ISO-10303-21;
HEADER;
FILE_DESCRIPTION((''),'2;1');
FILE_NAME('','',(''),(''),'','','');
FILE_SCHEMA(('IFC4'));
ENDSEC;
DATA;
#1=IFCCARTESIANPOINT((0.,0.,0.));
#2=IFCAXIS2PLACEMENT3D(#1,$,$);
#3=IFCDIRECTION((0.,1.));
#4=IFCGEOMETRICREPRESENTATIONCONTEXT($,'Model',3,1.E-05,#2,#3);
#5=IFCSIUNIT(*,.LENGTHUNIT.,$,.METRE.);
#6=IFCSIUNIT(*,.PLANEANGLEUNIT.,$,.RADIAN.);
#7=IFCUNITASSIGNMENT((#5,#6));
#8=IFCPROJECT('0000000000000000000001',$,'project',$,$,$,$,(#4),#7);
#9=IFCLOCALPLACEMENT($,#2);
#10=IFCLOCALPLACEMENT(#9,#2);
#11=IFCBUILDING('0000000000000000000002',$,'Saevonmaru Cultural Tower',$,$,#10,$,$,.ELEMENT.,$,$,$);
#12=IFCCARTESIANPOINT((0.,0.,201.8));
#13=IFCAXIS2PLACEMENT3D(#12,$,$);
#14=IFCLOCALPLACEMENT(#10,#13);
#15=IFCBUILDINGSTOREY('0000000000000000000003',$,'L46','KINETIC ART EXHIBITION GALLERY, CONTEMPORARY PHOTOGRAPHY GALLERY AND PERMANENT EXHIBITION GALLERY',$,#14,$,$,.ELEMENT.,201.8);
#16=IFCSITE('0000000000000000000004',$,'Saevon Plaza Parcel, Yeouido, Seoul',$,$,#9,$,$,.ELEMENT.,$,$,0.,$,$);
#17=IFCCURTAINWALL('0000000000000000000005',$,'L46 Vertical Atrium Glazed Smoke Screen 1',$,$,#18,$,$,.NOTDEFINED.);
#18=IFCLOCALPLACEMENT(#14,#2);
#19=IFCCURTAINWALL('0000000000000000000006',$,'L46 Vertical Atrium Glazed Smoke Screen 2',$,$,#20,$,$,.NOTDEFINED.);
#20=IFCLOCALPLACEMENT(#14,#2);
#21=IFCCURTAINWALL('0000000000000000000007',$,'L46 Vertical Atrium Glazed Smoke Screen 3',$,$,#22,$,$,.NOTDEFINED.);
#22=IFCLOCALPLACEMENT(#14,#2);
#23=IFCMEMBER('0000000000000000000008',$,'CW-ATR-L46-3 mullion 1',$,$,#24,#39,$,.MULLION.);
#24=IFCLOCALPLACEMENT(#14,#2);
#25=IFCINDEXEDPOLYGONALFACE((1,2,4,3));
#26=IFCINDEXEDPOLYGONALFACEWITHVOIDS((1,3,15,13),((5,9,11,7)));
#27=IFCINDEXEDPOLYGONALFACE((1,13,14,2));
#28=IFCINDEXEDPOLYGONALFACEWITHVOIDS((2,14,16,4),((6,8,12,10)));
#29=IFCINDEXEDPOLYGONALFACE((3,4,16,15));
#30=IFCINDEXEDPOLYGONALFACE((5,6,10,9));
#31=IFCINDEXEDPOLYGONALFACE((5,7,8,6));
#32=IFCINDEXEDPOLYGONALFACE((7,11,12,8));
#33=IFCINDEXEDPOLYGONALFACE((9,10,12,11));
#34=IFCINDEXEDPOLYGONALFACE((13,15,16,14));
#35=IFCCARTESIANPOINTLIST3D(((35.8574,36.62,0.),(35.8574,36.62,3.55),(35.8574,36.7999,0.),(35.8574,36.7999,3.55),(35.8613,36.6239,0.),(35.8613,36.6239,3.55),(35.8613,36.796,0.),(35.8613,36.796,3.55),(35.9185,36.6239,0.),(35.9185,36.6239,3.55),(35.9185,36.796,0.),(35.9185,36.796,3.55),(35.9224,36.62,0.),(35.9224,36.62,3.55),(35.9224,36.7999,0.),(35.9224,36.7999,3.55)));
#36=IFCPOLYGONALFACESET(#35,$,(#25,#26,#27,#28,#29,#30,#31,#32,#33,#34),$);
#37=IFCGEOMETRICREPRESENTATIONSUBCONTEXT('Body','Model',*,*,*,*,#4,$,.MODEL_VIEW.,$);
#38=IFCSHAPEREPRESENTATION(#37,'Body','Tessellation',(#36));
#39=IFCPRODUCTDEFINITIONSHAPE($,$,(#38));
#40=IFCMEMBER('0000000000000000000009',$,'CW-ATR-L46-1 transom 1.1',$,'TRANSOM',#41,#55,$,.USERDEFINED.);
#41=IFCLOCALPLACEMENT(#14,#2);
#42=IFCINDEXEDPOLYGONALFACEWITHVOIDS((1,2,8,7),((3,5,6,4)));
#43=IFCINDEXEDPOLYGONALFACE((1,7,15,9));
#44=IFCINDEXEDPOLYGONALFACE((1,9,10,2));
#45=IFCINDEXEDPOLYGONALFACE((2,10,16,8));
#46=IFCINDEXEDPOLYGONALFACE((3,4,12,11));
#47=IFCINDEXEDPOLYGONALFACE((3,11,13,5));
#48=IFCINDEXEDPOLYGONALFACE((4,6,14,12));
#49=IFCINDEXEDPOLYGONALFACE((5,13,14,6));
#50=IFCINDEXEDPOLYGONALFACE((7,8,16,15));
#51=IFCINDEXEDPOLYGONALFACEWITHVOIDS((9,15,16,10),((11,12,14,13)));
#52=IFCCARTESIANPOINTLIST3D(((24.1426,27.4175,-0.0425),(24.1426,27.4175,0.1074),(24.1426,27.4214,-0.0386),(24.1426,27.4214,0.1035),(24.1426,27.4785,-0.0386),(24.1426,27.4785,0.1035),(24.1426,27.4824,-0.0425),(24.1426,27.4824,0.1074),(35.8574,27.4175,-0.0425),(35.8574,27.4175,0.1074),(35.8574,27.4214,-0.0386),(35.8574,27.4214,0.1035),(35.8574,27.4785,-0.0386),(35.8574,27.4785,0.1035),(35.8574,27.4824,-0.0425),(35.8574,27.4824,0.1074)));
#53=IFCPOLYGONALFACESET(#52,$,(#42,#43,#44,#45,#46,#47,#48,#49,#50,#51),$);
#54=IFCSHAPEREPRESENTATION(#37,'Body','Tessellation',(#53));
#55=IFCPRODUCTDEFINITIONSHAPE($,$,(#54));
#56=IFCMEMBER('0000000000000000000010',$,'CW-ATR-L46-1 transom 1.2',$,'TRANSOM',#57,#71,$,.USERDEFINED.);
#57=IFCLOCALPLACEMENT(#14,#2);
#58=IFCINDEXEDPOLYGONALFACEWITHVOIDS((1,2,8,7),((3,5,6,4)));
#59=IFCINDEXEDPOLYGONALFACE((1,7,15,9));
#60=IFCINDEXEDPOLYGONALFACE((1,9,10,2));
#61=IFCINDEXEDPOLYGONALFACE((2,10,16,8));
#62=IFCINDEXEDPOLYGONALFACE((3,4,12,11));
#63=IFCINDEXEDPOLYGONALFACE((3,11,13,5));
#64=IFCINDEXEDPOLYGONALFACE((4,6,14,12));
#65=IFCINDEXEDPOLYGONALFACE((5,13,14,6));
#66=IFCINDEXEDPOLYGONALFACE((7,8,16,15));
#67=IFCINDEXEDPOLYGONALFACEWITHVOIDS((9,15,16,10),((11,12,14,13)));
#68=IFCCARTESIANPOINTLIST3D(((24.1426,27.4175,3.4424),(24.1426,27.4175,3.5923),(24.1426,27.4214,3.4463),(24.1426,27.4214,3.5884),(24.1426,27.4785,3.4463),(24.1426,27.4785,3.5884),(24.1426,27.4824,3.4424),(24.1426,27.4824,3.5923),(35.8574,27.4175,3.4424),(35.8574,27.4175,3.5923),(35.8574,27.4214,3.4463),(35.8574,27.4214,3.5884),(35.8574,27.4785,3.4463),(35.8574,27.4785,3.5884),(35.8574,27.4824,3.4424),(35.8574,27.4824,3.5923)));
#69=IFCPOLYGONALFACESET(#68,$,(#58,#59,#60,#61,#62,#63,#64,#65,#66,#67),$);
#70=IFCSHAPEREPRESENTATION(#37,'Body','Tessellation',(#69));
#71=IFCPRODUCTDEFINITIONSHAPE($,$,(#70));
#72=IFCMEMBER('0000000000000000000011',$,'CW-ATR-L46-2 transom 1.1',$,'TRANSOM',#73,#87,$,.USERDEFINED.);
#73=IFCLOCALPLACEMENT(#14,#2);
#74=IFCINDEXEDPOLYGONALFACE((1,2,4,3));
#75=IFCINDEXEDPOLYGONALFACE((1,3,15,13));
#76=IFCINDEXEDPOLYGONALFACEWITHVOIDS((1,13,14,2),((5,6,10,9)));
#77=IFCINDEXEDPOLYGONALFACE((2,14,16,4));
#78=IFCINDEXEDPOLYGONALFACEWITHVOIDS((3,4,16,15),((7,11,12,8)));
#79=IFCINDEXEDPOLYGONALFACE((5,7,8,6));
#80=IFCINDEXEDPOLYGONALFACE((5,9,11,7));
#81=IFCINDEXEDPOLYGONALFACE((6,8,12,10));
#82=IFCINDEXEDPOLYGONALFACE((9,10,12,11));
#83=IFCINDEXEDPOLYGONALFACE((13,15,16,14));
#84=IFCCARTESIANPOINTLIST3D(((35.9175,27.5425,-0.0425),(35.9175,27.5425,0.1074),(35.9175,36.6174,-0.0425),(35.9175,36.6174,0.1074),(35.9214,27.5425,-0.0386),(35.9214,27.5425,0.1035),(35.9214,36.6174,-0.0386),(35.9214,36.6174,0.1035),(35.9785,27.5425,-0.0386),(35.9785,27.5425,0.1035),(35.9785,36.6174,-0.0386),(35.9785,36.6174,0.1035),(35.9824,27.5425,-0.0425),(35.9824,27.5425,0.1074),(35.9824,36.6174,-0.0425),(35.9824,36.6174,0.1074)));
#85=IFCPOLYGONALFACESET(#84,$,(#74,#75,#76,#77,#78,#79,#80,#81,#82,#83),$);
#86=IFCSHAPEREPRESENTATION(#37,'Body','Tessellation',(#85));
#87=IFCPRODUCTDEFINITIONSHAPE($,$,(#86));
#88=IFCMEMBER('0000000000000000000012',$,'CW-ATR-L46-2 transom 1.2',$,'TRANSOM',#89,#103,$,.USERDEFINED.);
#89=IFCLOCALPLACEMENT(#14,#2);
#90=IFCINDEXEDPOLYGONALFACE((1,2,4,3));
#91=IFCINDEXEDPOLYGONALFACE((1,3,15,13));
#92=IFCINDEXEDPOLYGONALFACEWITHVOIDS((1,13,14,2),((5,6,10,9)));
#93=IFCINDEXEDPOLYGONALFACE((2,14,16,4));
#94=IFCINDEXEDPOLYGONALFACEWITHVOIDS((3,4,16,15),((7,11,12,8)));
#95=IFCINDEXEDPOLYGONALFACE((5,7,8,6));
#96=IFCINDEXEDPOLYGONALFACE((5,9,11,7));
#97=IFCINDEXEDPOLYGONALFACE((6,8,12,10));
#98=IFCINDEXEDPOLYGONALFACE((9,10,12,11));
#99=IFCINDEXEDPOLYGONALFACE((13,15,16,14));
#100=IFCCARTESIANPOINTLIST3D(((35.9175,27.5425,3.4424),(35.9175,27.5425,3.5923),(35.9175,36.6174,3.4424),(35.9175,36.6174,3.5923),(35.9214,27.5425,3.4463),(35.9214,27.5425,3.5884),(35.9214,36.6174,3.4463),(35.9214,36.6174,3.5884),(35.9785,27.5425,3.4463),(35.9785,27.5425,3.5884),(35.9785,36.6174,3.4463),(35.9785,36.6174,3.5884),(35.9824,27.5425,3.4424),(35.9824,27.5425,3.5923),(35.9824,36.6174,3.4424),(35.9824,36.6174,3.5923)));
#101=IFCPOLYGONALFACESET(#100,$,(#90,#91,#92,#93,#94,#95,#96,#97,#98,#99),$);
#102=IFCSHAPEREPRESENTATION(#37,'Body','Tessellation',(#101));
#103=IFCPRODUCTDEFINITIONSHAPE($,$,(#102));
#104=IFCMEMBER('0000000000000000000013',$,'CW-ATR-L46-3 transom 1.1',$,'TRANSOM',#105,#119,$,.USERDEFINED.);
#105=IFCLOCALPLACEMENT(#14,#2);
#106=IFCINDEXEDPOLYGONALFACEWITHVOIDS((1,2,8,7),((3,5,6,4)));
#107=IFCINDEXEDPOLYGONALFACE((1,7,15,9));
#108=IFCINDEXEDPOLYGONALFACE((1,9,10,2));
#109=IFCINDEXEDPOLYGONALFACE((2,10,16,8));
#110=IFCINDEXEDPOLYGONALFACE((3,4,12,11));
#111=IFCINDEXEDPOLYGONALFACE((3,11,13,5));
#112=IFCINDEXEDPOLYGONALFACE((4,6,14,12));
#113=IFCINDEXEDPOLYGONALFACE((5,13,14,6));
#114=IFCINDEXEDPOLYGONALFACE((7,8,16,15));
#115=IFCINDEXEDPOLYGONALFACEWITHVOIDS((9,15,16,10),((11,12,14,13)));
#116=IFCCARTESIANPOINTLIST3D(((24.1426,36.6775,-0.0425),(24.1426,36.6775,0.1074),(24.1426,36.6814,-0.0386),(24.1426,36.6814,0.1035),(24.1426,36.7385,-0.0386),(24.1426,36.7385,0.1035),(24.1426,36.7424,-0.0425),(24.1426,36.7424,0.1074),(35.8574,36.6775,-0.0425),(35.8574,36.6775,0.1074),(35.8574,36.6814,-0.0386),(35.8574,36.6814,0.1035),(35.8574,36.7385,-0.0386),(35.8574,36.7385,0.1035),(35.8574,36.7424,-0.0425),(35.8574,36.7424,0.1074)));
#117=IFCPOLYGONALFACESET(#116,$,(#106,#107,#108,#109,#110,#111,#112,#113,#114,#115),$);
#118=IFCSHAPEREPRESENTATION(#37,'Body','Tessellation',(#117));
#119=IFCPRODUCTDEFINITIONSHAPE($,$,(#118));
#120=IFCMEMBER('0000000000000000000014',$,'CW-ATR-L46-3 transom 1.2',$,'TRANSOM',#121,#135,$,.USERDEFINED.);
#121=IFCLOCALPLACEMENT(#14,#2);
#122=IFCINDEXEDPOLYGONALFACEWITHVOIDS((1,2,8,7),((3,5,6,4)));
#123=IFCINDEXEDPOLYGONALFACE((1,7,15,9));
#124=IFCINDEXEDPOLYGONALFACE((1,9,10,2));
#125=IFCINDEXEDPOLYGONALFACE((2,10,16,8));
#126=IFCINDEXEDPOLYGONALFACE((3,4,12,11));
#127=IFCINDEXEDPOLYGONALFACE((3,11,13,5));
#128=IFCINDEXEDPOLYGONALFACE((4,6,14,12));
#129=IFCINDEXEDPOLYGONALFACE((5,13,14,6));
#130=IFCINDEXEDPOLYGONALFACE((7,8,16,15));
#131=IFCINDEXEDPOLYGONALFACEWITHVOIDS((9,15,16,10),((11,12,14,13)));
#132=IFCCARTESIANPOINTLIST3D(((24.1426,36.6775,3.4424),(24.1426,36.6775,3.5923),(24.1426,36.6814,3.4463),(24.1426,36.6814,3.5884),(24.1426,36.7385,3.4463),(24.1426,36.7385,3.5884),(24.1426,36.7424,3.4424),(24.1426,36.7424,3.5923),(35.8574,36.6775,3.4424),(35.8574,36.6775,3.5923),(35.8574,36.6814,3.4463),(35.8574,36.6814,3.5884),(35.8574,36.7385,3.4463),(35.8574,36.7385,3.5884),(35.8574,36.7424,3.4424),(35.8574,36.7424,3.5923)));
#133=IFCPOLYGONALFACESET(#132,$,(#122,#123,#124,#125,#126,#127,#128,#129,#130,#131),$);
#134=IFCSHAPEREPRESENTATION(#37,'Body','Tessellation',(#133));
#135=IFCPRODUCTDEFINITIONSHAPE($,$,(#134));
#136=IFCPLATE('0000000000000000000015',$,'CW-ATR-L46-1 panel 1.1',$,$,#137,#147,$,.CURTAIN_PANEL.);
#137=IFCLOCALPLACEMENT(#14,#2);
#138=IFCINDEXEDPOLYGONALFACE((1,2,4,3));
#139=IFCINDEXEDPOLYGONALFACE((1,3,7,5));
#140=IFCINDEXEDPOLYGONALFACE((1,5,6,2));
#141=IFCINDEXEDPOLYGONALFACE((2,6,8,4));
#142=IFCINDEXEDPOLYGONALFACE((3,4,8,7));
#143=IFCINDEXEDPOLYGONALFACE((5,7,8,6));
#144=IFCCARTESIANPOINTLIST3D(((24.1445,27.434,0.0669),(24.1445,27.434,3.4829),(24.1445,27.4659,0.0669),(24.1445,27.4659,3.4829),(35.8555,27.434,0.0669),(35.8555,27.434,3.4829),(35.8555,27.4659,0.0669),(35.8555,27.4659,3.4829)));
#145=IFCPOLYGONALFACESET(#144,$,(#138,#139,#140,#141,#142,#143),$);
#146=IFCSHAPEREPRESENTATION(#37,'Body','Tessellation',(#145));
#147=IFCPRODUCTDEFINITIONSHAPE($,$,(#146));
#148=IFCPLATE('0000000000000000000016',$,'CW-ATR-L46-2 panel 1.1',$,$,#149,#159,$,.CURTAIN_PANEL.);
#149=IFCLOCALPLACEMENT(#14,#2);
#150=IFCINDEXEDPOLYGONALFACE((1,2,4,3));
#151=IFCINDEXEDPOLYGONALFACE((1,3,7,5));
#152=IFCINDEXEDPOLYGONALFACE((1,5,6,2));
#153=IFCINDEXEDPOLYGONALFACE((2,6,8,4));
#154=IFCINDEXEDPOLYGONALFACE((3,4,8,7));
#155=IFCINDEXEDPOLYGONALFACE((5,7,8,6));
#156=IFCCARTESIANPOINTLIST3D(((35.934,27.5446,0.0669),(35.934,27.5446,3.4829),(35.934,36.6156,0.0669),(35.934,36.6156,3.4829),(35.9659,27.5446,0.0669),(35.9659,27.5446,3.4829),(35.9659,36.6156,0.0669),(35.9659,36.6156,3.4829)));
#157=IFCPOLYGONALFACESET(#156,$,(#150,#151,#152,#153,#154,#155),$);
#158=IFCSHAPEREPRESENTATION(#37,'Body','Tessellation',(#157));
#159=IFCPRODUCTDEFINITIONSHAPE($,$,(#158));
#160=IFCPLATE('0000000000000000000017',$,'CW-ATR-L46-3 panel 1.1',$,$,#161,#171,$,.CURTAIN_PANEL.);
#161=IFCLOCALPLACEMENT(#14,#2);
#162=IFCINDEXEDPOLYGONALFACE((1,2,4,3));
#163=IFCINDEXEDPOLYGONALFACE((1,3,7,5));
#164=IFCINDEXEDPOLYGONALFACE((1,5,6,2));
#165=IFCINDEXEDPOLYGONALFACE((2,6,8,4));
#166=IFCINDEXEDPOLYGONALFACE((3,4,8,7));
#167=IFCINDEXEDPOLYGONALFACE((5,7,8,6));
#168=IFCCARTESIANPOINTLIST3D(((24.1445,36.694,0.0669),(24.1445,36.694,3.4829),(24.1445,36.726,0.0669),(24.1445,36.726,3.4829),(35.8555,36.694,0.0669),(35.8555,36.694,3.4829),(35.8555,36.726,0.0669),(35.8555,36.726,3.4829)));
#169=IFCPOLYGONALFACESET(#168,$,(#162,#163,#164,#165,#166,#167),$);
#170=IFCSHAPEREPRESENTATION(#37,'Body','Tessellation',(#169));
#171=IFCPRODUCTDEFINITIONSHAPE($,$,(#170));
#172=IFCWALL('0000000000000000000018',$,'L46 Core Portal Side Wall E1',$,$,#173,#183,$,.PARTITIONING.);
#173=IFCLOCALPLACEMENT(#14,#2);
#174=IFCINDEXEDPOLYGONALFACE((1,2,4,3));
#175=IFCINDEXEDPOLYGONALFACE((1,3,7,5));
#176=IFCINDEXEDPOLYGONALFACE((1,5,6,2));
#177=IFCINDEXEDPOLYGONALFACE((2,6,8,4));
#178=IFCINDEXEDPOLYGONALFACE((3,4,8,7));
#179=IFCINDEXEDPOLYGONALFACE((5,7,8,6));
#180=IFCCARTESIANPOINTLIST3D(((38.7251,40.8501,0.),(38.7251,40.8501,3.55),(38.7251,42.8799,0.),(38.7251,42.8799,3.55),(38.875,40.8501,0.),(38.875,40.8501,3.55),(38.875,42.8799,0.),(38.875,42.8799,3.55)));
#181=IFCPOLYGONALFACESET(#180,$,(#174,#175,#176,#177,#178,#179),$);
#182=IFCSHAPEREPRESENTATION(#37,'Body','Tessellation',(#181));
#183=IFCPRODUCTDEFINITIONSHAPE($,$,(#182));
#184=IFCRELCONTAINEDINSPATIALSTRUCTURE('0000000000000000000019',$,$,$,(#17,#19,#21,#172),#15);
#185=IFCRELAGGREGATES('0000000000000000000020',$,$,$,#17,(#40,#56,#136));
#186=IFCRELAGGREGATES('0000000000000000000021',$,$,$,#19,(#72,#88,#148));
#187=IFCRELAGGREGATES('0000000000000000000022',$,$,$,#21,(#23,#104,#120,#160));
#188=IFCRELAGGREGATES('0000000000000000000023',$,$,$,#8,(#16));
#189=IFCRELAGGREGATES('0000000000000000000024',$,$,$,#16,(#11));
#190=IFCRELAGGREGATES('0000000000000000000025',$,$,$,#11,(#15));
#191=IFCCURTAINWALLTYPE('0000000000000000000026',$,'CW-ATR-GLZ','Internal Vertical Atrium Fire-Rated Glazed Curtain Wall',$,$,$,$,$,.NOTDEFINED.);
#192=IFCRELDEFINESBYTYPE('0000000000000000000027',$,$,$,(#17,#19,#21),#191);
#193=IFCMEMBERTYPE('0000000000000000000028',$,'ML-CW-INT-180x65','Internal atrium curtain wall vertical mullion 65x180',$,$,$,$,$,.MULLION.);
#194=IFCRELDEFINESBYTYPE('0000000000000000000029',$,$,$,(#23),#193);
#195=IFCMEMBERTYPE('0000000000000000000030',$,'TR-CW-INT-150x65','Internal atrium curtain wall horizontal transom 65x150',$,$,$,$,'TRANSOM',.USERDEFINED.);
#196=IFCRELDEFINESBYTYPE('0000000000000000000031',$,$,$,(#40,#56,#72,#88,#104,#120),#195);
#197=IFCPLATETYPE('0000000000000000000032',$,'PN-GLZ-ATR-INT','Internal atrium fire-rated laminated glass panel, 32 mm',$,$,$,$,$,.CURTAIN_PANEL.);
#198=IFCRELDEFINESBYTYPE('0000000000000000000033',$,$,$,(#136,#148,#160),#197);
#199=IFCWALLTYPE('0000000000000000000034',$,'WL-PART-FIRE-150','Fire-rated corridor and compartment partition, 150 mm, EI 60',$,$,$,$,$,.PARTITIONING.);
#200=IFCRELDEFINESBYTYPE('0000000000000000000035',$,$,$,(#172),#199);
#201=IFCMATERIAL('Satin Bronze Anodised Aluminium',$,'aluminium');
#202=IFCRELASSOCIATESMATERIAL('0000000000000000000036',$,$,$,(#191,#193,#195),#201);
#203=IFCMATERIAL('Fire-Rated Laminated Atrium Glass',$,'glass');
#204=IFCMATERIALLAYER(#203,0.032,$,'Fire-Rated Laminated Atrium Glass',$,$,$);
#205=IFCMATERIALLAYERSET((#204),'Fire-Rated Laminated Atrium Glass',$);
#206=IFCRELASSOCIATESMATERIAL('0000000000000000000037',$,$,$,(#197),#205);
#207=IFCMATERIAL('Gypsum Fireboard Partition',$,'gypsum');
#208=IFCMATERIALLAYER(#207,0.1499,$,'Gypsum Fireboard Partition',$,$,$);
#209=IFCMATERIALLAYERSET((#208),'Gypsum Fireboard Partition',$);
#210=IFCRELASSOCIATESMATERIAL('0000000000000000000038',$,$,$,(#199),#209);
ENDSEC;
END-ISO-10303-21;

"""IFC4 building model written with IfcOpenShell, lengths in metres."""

from ifc_helpers import new_model, si_unit, direction, frame, frame_2d, origin, origin_2d, place, context, subcontext, project, spatial, rectangle, hollow_rectangle, extrude, material, layer, layer_set, material_profile, profile_set, type_object, element, aggregate, save


model = new_model("IFC4")

# Units and contexts
model_context = context("Model", 3, precision=1e-05, world=origin(), true_north=direction((0.0, 1.0)))
body_context = subcontext(model_context, "Body", "Model", "MODEL_VIEW")
ifc_project = project(units=[si_unit("LENGTHUNIT", "METRE"), si_unit("PLANEANGLEUNIT", "RADIAN")], contexts=[model_context])

# Site, building, storey
site_placement = place(None, origin())
site = spatial("IfcSite", under=ifc_project, at=site_placement, Name="Saevon Plaza Parcel, Yeouido, Seoul", CompositionType="ELEMENT", RefElevation=0.0)
building_placement = place(site_placement, origin())
building = spatial("IfcBuilding", under=site, at=building_placement, Name="Saevonmaru Cultural Tower", CompositionType="ELEMENT")
storey_placement = place(building_placement, frame((0.0, 0.0, 201.8)))
storey = spatial("IfcBuildingStorey", under=building, at=storey_placement, Name="L46", Description="KINETIC ART EXHIBITION GALLERY, CONTEMPORARY PHOTOGRAPHY GALLERY AND PERMANENT EXHIBITION GALLERY", CompositionType="ELEMENT", Elevation=201.8)

# Curtain wall
ifc_material_1 = material(Name="Satin Bronze Anodised Aluminium", Category="aluminium")
curtain_wall_type_1 = type_object("IfcCurtainWallType", Name="CW-ATR-GLZ", Description="Internal Vertical Atrium Fire-Rated Glazed Curtain Wall", PredefinedType="NOTDEFINED", material=ifc_material_1)
curtain_wall_1_placement = place(storey_placement, origin())
curtain_wall_1 = element("IfcCurtainWall", 1, at=curtain_wall_1_placement, inside=storey, type_object=curtain_wall_type_1, Name="L46 Vertical Atrium Glazed Smoke Screen 1", PredefinedType="NOTDEFINED")
ifc_material_profile_1 = material_profile(ifc_material_1, hollow_rectangle(XDim=0.0649, YDim=0.1799, WallThickness=0.0039, at=origin_2d()), Name="ALU-MULL-180x65x4")
ifc_profile_set_1 = profile_set([ifc_material_profile_1], Name="Satin Bronze Anodised Aluminium")
member_type_1 = type_object("IfcMemberType", Name="ML-CW-INT-180x65", Description="Internal atrium curtain wall vertical mullion 65x180", PredefinedType="MULLION", material=ifc_profile_set_1)

# Curtain wall
curtain_wall_2_placement = place(storey_placement, origin())
curtain_wall_2 = element("IfcCurtainWall", 2, at=curtain_wall_2_placement, inside=storey, type_object=curtain_wall_type_1, Name="L46 Vertical Atrium Glazed Smoke Screen 2", PredefinedType="NOTDEFINED")

# Curtain wall, member
curtain_wall_3_placement = place(storey_placement, origin())
curtain_wall_3 = element("IfcCurtainWall", 3, at=curtain_wall_3_placement, inside=storey, type_object=curtain_wall_type_1, Name="L46 Vertical Atrium Glazed Smoke Screen 3", PredefinedType="NOTDEFINED")
member_1_placement = place(storey_placement, frame((35.8899, 36.71, 0.0), z_axis=(0.0, 0.0, 1.0), x_axis=(-1.0, 0.0, 0.0)))
member_1 = element("IfcMember", 4, at=member_1_placement, type_object=member_type_1, Name="CW-ATR-L46-3 mullion 1", PredefinedType="MULLION", context=body_context, shape_type="SweptSolid", body=[
    extrude(hollow_rectangle(XDim=0.0649, YDim=0.1799, WallThickness=0.0039, at=origin_2d()), origin(), (0.0, 0.0, 1.0), 3.55),
])

# Members
ifc_material_profile_2 = material_profile(ifc_material_1, hollow_rectangle(XDim=0.0649, YDim=0.1499, WallThickness=0.0039, at=origin_2d()), Name="ALU-TRAN-150x65x4")
ifc_profile_set_2 = profile_set([ifc_material_profile_2], Name="Satin Bronze Anodised Aluminium")
member_type_2 = type_object("IfcMemberType", Name="TR-CW-INT-150x65", Description="Internal atrium curtain wall horizontal transom 65x150", ElementType="TRANSOM", PredefinedType="USERDEFINED", material=ifc_profile_set_2)
member_2_placement = place(storey_placement, frame((24.1426, 27.45, 0.0325), z_axis=(1.0, 0.0, 0.0), x_axis=(0.0, 1.0, 0.0)))
member_2 = element("IfcMember", 5, at=member_2_placement, type_object=member_type_2, Name="CW-ATR-L46-1 transom 1.1", ObjectType="TRANSOM", PredefinedType="USERDEFINED", context=body_context, shape_type="SweptSolid", body=[
    extrude(hollow_rectangle(XDim=0.0649, YDim=0.1499, WallThickness=0.0039, at=origin_2d()), origin(), (0.0, 0.0, 1.0), 11.7148),
])
member_3_placement = place(storey_placement, frame((24.1426, 27.45, 3.5173), z_axis=(1.0, 0.0, 0.0), x_axis=(0.0, 1.0, 0.0)))
member_3 = element("IfcMember", 6, at=member_3_placement, type_object=member_type_2, Name="CW-ATR-L46-1 transom 1.2", ObjectType="TRANSOM", PredefinedType="USERDEFINED", context=body_context, shape_type="SweptSolid", body=[
    extrude(hollow_rectangle(XDim=0.0649, YDim=0.1499, WallThickness=0.0039, at=origin_2d()), origin(), (0.0, 0.0, 1.0), 11.7148),
])
member_4_placement = place(storey_placement, frame((35.95, 27.5425, 0.0325), z_axis=(0.0, 1.0, 0.0), x_axis=(-1.0, 0.0, 0.0)))
member_4 = element("IfcMember", 7, at=member_4_placement, type_object=member_type_2, Name="CW-ATR-L46-2 transom 1.1", ObjectType="TRANSOM", PredefinedType="USERDEFINED", context=body_context, shape_type="SweptSolid", body=[
    extrude(hollow_rectangle(XDim=0.0649, YDim=0.1499, WallThickness=0.0039, at=origin_2d()), origin(), (0.0, 0.0, 1.0), 9.075),
])
member_5_placement = place(storey_placement, frame((35.95, 27.5425, 3.5173), z_axis=(0.0, 1.0, 0.0), x_axis=(-1.0, 0.0, 0.0)))
member_5 = element("IfcMember", 8, at=member_5_placement, type_object=member_type_2, Name="CW-ATR-L46-2 transom 1.2", ObjectType="TRANSOM", PredefinedType="USERDEFINED", context=body_context, shape_type="SweptSolid", body=[
    extrude(hollow_rectangle(XDim=0.0649, YDim=0.1499, WallThickness=0.0039, at=origin_2d()), origin(), (0.0, 0.0, 1.0), 9.075),
])
member_6_placement = place(storey_placement, frame((35.8574, 36.71, 0.0325), z_axis=(-1.0, 0.0, 0.0), x_axis=(0.0, -1.0, 0.0)))
member_6 = element("IfcMember", 9, at=member_6_placement, type_object=member_type_2, Name="CW-ATR-L46-3 transom 1.1", ObjectType="TRANSOM", PredefinedType="USERDEFINED", context=body_context, shape_type="SweptSolid", body=[
    extrude(hollow_rectangle(XDim=0.0649, YDim=0.1499, WallThickness=0.0039, at=origin_2d()), origin(), (0.0, 0.0, 1.0), 11.7148),
])
member_7_placement = place(storey_placement, frame((35.8574, 36.71, 3.5173), z_axis=(-1.0, 0.0, 0.0), x_axis=(0.0, -1.0, 0.0)))
member_7 = element("IfcMember", 10, at=member_7_placement, type_object=member_type_2, Name="CW-ATR-L46-3 transom 1.2", ObjectType="TRANSOM", PredefinedType="USERDEFINED", context=body_context, shape_type="SweptSolid", body=[
    extrude(hollow_rectangle(XDim=0.0649, YDim=0.1499, WallThickness=0.0039, at=origin_2d()), origin(), (0.0, 0.0, 1.0), 11.7148),
])

# Plates
ifc_material_2 = material(Name="Fire-Rated Laminated Atrium Glass", Category="glass")
ifc_layer_1 = layer(ifc_material_2, 0.032, Name="Fire-Rated Laminated Atrium Glass")
ifc_layer_set_1 = layer_set([ifc_layer_1], Name="Fire-Rated Laminated Atrium Glass")
plate_type = type_object("IfcPlateType", Name="PN-GLZ-ATR-INT", Description="Internal atrium fire-rated laminated glass panel, 32 mm", PredefinedType="CURTAIN_PANEL", material=ifc_layer_set_1)
plate_1_placement = place(storey_placement, frame((30.0, 27.45, 0.0669), z_axis=(0.0, 0.0, 1.0), x_axis=(1.0, 0.0, 0.0)))
plate_1 = element("IfcPlate", 11, at=plate_1_placement, type_object=plate_type, Name="CW-ATR-L46-1 panel 1.1", PredefinedType="CURTAIN_PANEL", context=body_context, shape_type="SweptSolid", body=[
    extrude(rectangle(XDim=11.7109, YDim=0.032, at=origin_2d()), origin(), (0.0, 0.0, 1.0), 3.416),
])
aggregate(curtain_wall_1, [member_2, member_3, plate_1])
plate_2_placement = place(storey_placement, frame((35.95, 32.0801, 0.0669), z_axis=(0.0, 0.0, 1.0), x_axis=(0.0, 1.0, 0.0)))
plate_2 = element("IfcPlate", 12, at=plate_2_placement, type_object=plate_type, Name="CW-ATR-L46-2 panel 1.1", PredefinedType="CURTAIN_PANEL", context=body_context, shape_type="SweptSolid", body=[
    extrude(rectangle(XDim=9.071, YDim=0.032, at=origin_2d()), origin(), (0.0, 0.0, 1.0), 3.416),
])
aggregate(curtain_wall_2, [member_4, member_5, plate_2])
plate_3_placement = place(storey_placement, frame((30.0, 36.71, 0.0669), z_axis=(0.0, 0.0, 1.0), x_axis=(-1.0, 0.0, 0.0)))
plate_3 = element("IfcPlate", 13, at=plate_3_placement, type_object=plate_type, Name="CW-ATR-L46-3 panel 1.1", PredefinedType="CURTAIN_PANEL", context=body_context, shape_type="SweptSolid", body=[
    extrude(rectangle(XDim=11.7109, YDim=0.032, at=origin_2d()), origin(), (0.0, 0.0, 1.0), 3.416),
])
aggregate(curtain_wall_3, [member_1, member_6, member_7, plate_3])

# Wall
ifc_material_3 = material(Name="Gypsum Fireboard Partition", Category="gypsum")
ifc_layer_2 = layer(ifc_material_3, 0.1499, Name="Gypsum Fireboard Partition")
ifc_layer_set_2 = layer_set([ifc_layer_2], Name="Gypsum Fireboard Partition")
wall_type_1 = type_object("IfcWallType", Name="WL-PART-FIRE-150", Description="Fire-rated corridor and compartment partition, 150 mm, EI 60", PredefinedType="PARTITIONING", material=ifc_layer_set_2)
wall_1_placement = place(storey_placement, frame((38.8, 40.8501, 0.0), z_axis=(0.0, 0.0, 1.0), x_axis=(0.0, 1.0, 0.0)))
element("IfcWall", 14, at=wall_1_placement, inside=storey, type_object=wall_type_1, Name="L46 Core Portal Side Wall E1", PredefinedType="PARTITIONING", context=body_context, shape_type="SweptSolid", body=[
    extrude(rectangle(XDim=2.0298, YDim=0.1499, at=frame_2d((1.0149, 0.0))), origin(), (0.0, 0.0, 1.0), 3.55),
])

save(model, "model.ifc")
